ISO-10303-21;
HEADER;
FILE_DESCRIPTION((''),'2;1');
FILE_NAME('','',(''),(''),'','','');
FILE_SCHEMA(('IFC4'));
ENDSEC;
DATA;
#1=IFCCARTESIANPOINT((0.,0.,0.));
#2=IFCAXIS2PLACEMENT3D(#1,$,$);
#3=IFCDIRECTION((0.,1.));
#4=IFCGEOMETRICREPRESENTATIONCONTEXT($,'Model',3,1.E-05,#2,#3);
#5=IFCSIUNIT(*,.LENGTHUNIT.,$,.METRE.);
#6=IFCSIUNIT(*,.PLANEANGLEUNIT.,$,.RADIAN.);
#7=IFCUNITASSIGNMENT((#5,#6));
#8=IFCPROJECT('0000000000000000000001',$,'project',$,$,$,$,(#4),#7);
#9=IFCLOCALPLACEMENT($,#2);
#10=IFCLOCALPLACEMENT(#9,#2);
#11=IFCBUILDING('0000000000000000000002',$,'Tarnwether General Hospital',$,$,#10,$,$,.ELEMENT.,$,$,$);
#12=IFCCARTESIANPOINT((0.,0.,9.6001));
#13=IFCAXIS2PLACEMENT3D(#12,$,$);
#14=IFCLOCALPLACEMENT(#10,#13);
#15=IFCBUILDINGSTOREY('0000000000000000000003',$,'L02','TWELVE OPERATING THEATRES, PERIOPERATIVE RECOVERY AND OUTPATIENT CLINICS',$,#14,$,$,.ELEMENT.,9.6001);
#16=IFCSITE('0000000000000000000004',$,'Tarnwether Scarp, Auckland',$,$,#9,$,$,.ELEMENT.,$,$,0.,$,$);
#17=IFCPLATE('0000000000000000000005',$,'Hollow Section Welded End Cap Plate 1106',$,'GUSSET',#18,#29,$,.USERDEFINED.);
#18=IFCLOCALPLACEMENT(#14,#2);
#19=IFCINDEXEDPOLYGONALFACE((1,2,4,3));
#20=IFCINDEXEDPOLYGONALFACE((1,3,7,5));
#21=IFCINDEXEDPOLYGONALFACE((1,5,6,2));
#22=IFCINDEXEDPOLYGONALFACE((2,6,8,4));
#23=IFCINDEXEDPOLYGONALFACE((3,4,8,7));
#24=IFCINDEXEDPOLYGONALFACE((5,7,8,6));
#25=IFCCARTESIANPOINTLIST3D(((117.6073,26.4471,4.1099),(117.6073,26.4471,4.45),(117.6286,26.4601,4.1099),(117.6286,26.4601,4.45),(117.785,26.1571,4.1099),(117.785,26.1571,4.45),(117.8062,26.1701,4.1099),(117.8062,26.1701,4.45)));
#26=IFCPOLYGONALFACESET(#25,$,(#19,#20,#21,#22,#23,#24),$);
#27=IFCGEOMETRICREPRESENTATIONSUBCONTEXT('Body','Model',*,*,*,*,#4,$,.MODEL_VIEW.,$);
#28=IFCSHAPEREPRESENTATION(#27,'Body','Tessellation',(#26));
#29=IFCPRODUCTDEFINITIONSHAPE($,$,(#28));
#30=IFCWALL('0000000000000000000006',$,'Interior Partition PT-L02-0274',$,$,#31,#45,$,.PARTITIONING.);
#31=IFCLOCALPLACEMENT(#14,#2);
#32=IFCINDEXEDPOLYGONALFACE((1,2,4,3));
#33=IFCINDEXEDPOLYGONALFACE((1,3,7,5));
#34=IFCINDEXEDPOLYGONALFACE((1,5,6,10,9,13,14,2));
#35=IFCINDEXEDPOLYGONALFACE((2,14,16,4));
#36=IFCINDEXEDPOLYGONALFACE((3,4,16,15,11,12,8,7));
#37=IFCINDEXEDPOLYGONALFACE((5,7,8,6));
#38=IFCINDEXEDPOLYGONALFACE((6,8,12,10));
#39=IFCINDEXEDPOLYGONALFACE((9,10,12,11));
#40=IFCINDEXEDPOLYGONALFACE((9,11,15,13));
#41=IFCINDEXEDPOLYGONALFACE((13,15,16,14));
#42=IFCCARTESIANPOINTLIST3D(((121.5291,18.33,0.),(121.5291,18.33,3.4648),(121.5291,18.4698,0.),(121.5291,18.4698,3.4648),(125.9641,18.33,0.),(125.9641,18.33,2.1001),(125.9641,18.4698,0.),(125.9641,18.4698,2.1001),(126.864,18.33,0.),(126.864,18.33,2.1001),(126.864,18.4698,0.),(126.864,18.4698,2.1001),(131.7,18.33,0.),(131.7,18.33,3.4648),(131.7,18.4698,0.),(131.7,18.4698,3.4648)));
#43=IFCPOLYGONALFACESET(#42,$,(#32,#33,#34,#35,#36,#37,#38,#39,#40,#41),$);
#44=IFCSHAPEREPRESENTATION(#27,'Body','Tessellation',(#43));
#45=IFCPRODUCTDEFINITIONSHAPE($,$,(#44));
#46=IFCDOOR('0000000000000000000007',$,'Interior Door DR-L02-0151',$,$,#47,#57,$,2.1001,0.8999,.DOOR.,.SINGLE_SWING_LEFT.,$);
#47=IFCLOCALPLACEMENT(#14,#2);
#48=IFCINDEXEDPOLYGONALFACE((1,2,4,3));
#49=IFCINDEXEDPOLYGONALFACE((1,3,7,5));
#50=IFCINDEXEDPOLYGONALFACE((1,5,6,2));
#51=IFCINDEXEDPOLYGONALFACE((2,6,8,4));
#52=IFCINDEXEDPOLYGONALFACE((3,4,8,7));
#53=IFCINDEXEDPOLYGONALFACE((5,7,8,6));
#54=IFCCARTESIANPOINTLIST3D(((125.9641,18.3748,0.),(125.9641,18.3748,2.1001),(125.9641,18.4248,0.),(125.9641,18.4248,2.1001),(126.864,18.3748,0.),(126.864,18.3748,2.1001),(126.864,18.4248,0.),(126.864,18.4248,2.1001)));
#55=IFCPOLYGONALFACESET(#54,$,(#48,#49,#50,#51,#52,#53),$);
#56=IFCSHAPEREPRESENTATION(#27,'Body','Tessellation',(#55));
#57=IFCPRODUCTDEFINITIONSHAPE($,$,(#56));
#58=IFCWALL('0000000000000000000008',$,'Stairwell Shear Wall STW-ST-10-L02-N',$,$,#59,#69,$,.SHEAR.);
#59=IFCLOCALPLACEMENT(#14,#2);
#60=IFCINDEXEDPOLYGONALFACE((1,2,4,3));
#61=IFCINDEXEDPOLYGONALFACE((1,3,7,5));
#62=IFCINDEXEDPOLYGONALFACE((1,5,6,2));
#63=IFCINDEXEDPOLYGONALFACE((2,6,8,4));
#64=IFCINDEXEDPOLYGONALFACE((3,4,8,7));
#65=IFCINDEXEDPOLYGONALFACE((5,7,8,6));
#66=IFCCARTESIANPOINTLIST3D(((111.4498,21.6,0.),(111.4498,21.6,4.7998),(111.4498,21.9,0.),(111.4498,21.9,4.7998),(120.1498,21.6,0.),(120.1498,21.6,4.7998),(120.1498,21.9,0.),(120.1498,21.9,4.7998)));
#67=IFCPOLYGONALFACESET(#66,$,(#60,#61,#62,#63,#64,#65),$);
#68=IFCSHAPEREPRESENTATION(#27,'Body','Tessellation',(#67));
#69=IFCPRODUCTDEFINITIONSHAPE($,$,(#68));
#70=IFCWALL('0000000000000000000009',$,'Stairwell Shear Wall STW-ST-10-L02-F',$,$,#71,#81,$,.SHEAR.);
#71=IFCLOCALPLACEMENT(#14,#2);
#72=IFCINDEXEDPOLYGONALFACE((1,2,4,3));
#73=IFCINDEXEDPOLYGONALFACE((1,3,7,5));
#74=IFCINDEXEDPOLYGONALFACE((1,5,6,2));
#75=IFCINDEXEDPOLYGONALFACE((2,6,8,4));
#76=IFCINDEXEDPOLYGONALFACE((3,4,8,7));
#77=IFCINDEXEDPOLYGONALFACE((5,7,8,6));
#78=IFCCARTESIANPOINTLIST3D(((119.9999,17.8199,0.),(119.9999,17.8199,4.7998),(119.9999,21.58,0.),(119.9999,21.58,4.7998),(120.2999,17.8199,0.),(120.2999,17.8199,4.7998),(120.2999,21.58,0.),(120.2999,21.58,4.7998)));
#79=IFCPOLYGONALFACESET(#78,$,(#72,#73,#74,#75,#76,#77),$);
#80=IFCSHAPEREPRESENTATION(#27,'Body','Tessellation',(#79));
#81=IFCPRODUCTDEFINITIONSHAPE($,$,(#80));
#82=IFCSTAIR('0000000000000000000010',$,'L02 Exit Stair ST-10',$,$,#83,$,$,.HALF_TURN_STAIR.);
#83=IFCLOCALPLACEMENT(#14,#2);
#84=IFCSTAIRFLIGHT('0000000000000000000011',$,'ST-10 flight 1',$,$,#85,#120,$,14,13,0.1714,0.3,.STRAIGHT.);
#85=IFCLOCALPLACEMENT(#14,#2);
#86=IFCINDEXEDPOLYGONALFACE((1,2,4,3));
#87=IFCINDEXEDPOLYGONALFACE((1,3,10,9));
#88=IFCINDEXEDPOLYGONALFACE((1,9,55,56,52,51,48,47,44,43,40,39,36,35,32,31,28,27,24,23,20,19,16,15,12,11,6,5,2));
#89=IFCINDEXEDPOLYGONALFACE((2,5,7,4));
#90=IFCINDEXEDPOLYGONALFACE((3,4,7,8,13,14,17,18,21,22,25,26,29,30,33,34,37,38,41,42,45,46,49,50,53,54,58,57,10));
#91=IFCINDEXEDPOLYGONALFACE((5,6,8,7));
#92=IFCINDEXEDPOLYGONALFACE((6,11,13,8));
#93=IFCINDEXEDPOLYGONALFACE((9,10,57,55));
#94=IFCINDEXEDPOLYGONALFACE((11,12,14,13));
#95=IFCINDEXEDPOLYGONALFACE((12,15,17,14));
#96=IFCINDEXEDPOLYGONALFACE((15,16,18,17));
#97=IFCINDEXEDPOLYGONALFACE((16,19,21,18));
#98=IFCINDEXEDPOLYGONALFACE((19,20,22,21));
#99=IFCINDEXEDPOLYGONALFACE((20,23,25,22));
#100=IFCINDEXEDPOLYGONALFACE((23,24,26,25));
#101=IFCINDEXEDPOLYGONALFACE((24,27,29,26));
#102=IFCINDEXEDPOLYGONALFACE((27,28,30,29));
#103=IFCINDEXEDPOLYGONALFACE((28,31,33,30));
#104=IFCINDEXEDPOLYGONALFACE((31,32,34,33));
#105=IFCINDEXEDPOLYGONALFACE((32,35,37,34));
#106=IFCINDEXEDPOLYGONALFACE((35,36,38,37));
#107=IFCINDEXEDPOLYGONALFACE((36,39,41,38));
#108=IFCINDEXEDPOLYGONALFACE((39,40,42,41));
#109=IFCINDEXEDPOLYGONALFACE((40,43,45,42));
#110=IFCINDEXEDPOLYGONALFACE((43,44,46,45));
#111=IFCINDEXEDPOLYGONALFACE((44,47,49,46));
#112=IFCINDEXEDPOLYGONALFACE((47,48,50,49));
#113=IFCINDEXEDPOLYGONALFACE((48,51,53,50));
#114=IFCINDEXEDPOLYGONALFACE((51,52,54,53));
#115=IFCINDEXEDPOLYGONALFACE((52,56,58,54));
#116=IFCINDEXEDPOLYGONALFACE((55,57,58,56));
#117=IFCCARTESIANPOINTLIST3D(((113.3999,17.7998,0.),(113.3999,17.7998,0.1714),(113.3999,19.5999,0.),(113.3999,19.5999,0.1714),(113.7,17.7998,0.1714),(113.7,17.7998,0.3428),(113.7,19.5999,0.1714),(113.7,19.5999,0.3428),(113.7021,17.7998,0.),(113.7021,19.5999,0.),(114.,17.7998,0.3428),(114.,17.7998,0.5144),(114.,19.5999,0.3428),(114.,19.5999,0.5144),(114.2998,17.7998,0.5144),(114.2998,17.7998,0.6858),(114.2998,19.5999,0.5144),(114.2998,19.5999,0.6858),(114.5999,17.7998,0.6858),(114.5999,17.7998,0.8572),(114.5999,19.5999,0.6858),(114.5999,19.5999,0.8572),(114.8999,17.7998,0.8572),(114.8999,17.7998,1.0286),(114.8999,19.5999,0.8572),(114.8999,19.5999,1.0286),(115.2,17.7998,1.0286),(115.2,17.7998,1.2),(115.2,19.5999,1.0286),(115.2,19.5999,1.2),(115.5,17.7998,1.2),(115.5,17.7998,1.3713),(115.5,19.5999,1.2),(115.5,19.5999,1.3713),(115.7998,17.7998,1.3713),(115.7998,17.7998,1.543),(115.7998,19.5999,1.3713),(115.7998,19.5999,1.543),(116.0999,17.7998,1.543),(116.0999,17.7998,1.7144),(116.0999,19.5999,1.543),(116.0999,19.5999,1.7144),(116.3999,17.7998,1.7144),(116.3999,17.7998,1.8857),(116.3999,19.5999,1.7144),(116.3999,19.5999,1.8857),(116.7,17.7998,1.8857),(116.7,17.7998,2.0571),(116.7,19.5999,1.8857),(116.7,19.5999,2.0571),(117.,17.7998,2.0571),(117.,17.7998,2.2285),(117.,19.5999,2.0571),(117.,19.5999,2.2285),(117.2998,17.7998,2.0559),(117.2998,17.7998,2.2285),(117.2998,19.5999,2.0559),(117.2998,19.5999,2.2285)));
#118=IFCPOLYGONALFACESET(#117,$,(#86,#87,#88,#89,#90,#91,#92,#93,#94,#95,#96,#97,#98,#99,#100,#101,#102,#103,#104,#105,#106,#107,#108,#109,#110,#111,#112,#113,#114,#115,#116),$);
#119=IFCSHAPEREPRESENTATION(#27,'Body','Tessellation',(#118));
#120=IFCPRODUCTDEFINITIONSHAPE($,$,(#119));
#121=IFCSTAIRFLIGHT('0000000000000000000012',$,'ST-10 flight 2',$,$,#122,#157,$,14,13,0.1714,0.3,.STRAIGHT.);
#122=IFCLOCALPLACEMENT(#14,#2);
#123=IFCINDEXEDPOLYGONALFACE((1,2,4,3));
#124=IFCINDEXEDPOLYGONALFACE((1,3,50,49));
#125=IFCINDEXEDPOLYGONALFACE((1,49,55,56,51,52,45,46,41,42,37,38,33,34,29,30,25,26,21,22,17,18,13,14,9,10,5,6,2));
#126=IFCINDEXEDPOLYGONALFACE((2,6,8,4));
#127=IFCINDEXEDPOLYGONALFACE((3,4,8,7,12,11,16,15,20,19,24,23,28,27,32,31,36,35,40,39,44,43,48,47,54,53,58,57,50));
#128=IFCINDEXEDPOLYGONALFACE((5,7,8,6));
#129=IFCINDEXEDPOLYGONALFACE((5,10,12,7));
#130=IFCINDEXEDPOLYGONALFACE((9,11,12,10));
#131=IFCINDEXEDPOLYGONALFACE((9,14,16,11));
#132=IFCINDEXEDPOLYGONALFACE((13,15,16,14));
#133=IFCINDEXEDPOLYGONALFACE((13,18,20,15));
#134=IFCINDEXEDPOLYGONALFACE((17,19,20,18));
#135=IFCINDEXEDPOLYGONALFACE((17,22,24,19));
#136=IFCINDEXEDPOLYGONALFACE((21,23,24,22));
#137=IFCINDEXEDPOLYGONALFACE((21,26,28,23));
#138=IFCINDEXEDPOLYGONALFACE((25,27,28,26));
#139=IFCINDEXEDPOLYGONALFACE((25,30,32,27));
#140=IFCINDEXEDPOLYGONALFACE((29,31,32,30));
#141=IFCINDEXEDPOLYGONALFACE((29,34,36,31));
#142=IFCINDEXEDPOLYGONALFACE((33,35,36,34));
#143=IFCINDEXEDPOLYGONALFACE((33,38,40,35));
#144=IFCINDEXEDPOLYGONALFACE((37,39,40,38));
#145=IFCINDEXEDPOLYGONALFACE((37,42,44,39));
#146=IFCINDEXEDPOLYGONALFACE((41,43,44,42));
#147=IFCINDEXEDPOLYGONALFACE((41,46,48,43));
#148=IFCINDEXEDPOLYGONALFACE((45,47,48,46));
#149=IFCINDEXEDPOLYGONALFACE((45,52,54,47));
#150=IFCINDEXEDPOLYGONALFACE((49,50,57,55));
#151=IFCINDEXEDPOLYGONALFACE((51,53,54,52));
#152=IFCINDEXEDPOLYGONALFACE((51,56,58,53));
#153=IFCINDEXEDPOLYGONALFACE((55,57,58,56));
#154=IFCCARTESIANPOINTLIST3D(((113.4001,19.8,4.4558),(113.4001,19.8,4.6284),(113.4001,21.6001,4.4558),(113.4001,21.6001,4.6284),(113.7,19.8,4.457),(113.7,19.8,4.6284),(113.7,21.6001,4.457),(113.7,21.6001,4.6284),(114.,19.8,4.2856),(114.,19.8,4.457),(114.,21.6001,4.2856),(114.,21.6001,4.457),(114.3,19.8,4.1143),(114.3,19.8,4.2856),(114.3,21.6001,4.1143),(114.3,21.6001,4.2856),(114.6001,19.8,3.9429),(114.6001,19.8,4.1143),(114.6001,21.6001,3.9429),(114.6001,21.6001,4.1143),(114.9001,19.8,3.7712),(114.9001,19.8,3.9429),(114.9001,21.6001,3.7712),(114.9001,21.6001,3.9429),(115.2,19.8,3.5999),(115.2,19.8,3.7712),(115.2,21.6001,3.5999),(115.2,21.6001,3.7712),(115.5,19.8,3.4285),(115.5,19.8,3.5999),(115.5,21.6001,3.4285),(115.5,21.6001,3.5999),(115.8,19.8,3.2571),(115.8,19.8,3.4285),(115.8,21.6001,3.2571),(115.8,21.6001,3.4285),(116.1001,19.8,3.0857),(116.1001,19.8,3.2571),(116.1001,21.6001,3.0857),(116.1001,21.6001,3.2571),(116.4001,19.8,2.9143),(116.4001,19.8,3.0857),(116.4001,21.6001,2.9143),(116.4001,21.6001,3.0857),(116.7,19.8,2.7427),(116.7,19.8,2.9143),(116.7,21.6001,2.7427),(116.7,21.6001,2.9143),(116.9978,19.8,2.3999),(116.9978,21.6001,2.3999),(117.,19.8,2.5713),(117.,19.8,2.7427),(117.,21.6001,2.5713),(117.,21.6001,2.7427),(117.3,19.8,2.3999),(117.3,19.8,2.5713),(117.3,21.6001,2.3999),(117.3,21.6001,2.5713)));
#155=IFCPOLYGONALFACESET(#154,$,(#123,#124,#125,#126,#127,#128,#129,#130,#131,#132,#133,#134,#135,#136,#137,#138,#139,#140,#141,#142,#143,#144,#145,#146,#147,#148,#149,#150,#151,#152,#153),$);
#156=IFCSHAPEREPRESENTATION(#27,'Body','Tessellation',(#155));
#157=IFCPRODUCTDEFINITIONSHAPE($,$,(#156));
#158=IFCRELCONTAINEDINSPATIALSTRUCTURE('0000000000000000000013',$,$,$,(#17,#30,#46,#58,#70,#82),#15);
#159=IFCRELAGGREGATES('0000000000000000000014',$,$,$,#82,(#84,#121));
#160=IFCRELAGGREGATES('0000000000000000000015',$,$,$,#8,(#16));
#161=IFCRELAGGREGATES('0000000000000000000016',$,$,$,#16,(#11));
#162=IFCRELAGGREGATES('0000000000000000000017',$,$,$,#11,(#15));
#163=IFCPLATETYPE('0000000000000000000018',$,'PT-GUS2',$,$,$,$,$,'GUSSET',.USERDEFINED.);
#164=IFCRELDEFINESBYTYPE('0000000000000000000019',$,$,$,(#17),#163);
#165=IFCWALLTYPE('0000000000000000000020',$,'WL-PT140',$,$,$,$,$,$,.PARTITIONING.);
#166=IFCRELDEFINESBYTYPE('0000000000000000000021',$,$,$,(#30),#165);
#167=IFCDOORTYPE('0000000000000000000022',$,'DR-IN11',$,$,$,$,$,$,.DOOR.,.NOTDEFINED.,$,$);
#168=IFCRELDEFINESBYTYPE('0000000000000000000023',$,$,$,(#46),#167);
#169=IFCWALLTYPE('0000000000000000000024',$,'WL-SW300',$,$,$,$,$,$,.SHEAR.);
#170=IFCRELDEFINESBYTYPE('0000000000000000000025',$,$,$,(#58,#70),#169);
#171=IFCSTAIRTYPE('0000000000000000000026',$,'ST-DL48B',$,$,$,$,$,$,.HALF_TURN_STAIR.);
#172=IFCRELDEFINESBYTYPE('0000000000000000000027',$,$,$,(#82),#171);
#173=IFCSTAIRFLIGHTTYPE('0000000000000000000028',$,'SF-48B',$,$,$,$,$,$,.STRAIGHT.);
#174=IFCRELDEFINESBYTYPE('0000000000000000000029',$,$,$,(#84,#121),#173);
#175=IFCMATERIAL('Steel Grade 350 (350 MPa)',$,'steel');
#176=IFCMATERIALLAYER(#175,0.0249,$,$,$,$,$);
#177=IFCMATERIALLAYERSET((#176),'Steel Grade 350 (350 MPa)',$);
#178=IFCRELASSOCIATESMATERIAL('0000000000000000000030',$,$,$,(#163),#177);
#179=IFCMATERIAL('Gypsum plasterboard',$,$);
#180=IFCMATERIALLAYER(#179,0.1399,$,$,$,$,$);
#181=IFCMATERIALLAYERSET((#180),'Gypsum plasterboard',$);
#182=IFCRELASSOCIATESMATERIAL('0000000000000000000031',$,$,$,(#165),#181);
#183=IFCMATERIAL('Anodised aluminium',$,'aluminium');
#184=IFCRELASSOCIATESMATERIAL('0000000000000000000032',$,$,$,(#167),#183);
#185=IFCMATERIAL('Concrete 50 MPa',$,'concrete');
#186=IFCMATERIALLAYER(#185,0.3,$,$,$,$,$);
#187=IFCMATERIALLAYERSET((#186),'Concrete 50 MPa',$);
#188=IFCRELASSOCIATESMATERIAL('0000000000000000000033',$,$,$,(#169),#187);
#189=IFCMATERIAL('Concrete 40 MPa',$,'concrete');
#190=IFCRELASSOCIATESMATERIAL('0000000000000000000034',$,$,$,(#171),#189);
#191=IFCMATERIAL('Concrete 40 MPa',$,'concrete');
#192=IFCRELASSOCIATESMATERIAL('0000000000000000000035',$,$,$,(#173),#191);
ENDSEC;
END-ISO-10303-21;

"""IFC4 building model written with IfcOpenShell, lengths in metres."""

from ifc_helpers import new_model, si_unit, direction, frame, frame_2d, origin, origin_2d, place, context, subcontext, project, spatial, polyline, rectangle, outline, extrude, material, layer, layer_set, type_object, element, fill, aggregate, save


model = new_model("IFC4")

# Units and contexts
model_context = context("Model", 3, precision=1e-05, world=origin(), true_north=direction((0.0, 1.0)))
body_context = subcontext(model_context, "Body", "Model", "MODEL_VIEW")
ifc_project = project(units=[si_unit("LENGTHUNIT", "METRE"), si_unit("PLANEANGLEUNIT", "RADIAN")], contexts=[model_context])

# Site, building, storey
site_placement = place(None, origin())
site = spatial("IfcSite", under=ifc_project, at=site_placement, Name="Tarnwether Scarp, Auckland", CompositionType="ELEMENT", RefElevation=0.0)
building_placement = place(site_placement, origin())
building = spatial("IfcBuilding", under=site, at=building_placement, Name="Tarnwether General Hospital", CompositionType="ELEMENT")
storey_placement = place(building_placement, frame((0.0, 0.0, 9.6001)))
storey = spatial("IfcBuildingStorey", under=building, at=storey_placement, Name="L02", Description="TWELVE OPERATING THEATRES, PERIOPERATIVE RECOVERY AND OUTPATIENT CLINICS", CompositionType="ELEMENT", Elevation=9.6001)

# Plate
ifc_material_1 = material(Name="Steel Grade 350 (350 MPa)", Category="steel")
ifc_layer_1 = layer(ifc_material_1, 0.0249)
ifc_layer_set_1 = layer_set([ifc_layer_1], Name="Steel Grade 350 (350 MPa)")
plate_type_1 = type_object("IfcPlateType", Name="PT-GUS2", ElementType="GUSSET", PredefinedType="USERDEFINED", material=ifc_layer_set_1)
plate_1_placement = place(storey_placement, frame((117.7068, 26.3086, 4.1099), z_axis=(0.0, 0.0, 1.0), x_axis=(0.852649, 0.522484, 0.0)))
element("IfcPlate", 1, at=plate_1_placement, inside=storey, type_object=plate_type_1, Name="Hollow Section Welded End Cap Plate 1106", ObjectType="GUSSET", PredefinedType="USERDEFINED", context=body_context, shape_type="SweptSolid", body=[
    extrude(rectangle(XDim=0.0249, YDim=0.3401, at=origin_2d()), origin(), (0.0, 0.0, 1.0), 0.3401),
])

# Wall, opening, door
ifc_material_2 = material(Name="Gypsum plasterboard")
ifc_layer_2 = layer(ifc_material_2, 0.1399)
ifc_layer_set_2 = layer_set([ifc_layer_2], Name="Gypsum plasterboard")
wall_type_1 = type_object("IfcWallType", Name="WL-PT140", PredefinedType="PARTITIONING", material=ifc_layer_set_2)
wall_1_placement = place(storey_placement, frame((121.5291, 18.3999, 0.0), z_axis=(0.0, 0.0, 1.0), x_axis=(1.0, 0.0, 0.0)))
wall_1 = element("IfcWall", 2, at=wall_1_placement, inside=storey, type_object=wall_type_1, Name="Interior Partition PT-L02-0274", PredefinedType="PARTITIONING", context=body_context, shape_type="SweptSolid", body=[
    extrude(rectangle(XDim=10.1709, YDim=0.1399, at=frame_2d((5.0854, 0.0))), origin(), (0.0, 0.0, 1.0), 3.4648),
])
opening_placement = place(wall_1_placement, frame((4.4351, 0.0, 0.0)))
opening = element("IfcOpeningElement", 3, at=opening_placement, cuts=wall_1, PredefinedType="OPENING", context=body_context, shape_type="SweptSolid", body=[
    extrude(rectangle(XDim=0.8999, YDim=2.1001, at=frame_2d((0.45, 1.05))), frame((0.0, 0.0801, 0.0), z_axis=(0.0, -1.0, 0.0), x_axis=(1.0, 0.0, 0.0)), (0.0, 0.0, 1.0), 0.1599),
])
ifc_material_3 = material(Name="Anodised aluminium", Category="aluminium")
door_type = type_object("IfcDoorType", Name="DR-IN11", OperationType="NOTDEFINED", PredefinedType="DOOR", material=ifc_material_3)
door_placement = place(opening_placement, origin())
door = element("IfcDoor", 4, at=door_placement, inside=storey, type_object=door_type, Name="Interior Door DR-L02-0151", OperationType="SINGLE_SWING_LEFT", OverallHeight=2.1001, OverallWidth=0.8999, PredefinedType="DOOR", context=body_context, shape_type="SweptSolid", body=[
    extrude(rectangle(XDim=0.8999, YDim=2.1001, at=frame_2d((0.45, 1.05))), frame((0.0, 0.0249, 0.0), z_axis=(0.0, -1.0, 0.0), x_axis=(1.0, 0.0, 0.0)), (0.0, 0.0, 1.0), 0.05),
])
fill(opening, door)

# Walls
ifc_material_4 = material(Name="Concrete 50 MPa", Category="concrete")
ifc_layer_3 = layer(ifc_material_4, 0.3)
ifc_layer_set_3 = layer_set([ifc_layer_3], Name="Concrete 50 MPa")
wall_type_2 = type_object("IfcWallType", Name="WL-SW300", PredefinedType="SHEAR", material=ifc_layer_set_3)
wall_2_placement = place(storey_placement, frame((120.1499, 21.75, 0.0), z_axis=(0.0, 0.0, 1.0), x_axis=(-1.0, 0.0, 0.0)))
element("IfcWall", 5, at=wall_2_placement, inside=storey, type_object=wall_type_2, Name="Stairwell Shear Wall STW-ST-10-L02-N", PredefinedType="SHEAR", context=body_context, shape_type="SweptSolid", body=[
    extrude(rectangle(XDim=8.7, YDim=0.3, at=frame_2d((4.3501, 0.0))), origin(), (0.0, 0.0, 1.0), 4.7998),
])
wall_3_placement = place(storey_placement, frame((120.1499, 17.8201, 0.0), z_axis=(0.0, 0.0, 1.0), x_axis=(0.0, 1.0, 0.0)))
element("IfcWall", 6, at=wall_3_placement, inside=storey, type_object=wall_type_2, Name="Stairwell Shear Wall STW-ST-10-L02-F", PredefinedType="SHEAR", context=body_context, shape_type="SweptSolid", body=[
    extrude(rectangle(XDim=3.76, YDim=0.3, at=frame_2d((1.8799, 0.0))), origin(), (0.0, 0.0, 1.0), 4.7998),
])

# Stair, stair flights
ifc_material_5 = material(Name="Concrete 40 MPa", Category="concrete")
stair_type = type_object("IfcStairType", Name="ST-DL48B", PredefinedType="HALF_TURN_STAIR", material=ifc_material_5)
stair_placement = place(storey_placement, origin())
stair = element("IfcStair", 7, at=stair_placement, inside=storey, type_object=stair_type, Name="L02 Exit Stair ST-10", PredefinedType="HALF_TURN_STAIR")
ifc_material_6 = material(Name="Concrete 40 MPa", Category="concrete")
stair_flight_type = type_object("IfcStairFlightType", Name="SF-48B", PredefinedType="STRAIGHT", material=ifc_material_6)
stair_flight_1_placement = place(storey_placement, frame((113.3999, 18.7, 0.0), z_axis=(0.0, 0.0, 1.0), x_axis=(1.0, 0.0, 0.0)))
stair_flight_1 = element("IfcStairFlight", 8, at=stair_flight_1_placement, type_object=stair_flight_type, Name="ST-10 flight 1", NumberOfRisers=14, NumberOfTreads=13, PredefinedType="STRAIGHT", RiserHeight=0.1714, TreadLength=0.3, context=body_context, shape_type="SweptSolid", body=[
    extrude(outline(polyline([(0.0, 0.0), (0.0, 0.1714), (0.3, 0.1714), (0.3, 0.3428), (0.6001, 0.3428), (0.6001, 0.5144), (0.8999, 0.5144), (0.8999, 0.6858), (1.2, 0.6858), (1.2, 0.8572), (1.5, 0.8572), (1.5, 1.0286), (1.8, 1.0286), (1.8, 1.2), (2.1001, 1.2), (2.1001, 1.3713), (2.3999, 1.3713), (2.3999, 1.543), (2.7, 1.543), (2.7, 1.7144), (3.0, 1.7144), (3.0, 1.8857), (3.3, 1.8857), (3.3, 2.0571), (3.6001, 2.0571), (3.6001, 2.2285), (3.8999, 2.2285), (3.8999, 2.3999), (3.8999, 2.0559), (0.3022, 0.0), (0.0, 0.0)])), frame((0.0, 0.8999, 0.0), z_axis=(0.0, -1.0, 0.0), x_axis=(1.0, 0.0, 0.0)), (0.0, 0.0, 1.0), 1.8),
])
stair_flight_2_placement = place(storey_placement, frame((117.3, 20.7, 2.3999), z_axis=(0.0, 0.0, 1.0), x_axis=(-1.0, 0.0, 0.0)))
stair_flight_2 = element("IfcStairFlight", 9, at=stair_flight_2_placement, type_object=stair_flight_type, Name="ST-10 flight 2", NumberOfRisers=14, NumberOfTreads=13, PredefinedType="STRAIGHT", RiserHeight=0.1714, TreadLength=0.3, context=body_context, shape_type="SweptSolid", body=[
    extrude(outline(polyline([(0.0, 0.0), (0.0, 0.1714), (0.3, 0.1714), (0.3, 0.3428), (0.6001, 0.3428), (0.6001, 0.5144), (0.8999, 0.5144), (0.8999, 0.6858), (1.2, 0.6858), (1.2, 0.8572), (1.5, 0.8572), (1.5, 1.0286), (1.8, 1.0286), (1.8, 1.2), (2.1001, 1.2), (2.1001, 1.3713), (2.3999, 1.3713), (2.3999, 1.543), (2.7, 1.543), (2.7, 1.7144), (3.0, 1.7144), (3.0, 1.8857), (3.3, 1.8857), (3.3, 2.0571), (3.6001, 2.0571), (3.6001, 2.2285), (3.8999, 2.2285), (3.8999, 2.3999), (3.8999, 2.0559), (0.3022, 0.0), (0.0, 0.0)])), frame((0.0, 0.8999, 0.0), z_axis=(0.0, -1.0, 0.0), x_axis=(1.0, 0.0, 0.0)), (0.0, 0.0, 1.0), 1.8),
])
aggregate(stair, [stair_flight_1, stair_flight_2])

save(model, "model.ifc")
